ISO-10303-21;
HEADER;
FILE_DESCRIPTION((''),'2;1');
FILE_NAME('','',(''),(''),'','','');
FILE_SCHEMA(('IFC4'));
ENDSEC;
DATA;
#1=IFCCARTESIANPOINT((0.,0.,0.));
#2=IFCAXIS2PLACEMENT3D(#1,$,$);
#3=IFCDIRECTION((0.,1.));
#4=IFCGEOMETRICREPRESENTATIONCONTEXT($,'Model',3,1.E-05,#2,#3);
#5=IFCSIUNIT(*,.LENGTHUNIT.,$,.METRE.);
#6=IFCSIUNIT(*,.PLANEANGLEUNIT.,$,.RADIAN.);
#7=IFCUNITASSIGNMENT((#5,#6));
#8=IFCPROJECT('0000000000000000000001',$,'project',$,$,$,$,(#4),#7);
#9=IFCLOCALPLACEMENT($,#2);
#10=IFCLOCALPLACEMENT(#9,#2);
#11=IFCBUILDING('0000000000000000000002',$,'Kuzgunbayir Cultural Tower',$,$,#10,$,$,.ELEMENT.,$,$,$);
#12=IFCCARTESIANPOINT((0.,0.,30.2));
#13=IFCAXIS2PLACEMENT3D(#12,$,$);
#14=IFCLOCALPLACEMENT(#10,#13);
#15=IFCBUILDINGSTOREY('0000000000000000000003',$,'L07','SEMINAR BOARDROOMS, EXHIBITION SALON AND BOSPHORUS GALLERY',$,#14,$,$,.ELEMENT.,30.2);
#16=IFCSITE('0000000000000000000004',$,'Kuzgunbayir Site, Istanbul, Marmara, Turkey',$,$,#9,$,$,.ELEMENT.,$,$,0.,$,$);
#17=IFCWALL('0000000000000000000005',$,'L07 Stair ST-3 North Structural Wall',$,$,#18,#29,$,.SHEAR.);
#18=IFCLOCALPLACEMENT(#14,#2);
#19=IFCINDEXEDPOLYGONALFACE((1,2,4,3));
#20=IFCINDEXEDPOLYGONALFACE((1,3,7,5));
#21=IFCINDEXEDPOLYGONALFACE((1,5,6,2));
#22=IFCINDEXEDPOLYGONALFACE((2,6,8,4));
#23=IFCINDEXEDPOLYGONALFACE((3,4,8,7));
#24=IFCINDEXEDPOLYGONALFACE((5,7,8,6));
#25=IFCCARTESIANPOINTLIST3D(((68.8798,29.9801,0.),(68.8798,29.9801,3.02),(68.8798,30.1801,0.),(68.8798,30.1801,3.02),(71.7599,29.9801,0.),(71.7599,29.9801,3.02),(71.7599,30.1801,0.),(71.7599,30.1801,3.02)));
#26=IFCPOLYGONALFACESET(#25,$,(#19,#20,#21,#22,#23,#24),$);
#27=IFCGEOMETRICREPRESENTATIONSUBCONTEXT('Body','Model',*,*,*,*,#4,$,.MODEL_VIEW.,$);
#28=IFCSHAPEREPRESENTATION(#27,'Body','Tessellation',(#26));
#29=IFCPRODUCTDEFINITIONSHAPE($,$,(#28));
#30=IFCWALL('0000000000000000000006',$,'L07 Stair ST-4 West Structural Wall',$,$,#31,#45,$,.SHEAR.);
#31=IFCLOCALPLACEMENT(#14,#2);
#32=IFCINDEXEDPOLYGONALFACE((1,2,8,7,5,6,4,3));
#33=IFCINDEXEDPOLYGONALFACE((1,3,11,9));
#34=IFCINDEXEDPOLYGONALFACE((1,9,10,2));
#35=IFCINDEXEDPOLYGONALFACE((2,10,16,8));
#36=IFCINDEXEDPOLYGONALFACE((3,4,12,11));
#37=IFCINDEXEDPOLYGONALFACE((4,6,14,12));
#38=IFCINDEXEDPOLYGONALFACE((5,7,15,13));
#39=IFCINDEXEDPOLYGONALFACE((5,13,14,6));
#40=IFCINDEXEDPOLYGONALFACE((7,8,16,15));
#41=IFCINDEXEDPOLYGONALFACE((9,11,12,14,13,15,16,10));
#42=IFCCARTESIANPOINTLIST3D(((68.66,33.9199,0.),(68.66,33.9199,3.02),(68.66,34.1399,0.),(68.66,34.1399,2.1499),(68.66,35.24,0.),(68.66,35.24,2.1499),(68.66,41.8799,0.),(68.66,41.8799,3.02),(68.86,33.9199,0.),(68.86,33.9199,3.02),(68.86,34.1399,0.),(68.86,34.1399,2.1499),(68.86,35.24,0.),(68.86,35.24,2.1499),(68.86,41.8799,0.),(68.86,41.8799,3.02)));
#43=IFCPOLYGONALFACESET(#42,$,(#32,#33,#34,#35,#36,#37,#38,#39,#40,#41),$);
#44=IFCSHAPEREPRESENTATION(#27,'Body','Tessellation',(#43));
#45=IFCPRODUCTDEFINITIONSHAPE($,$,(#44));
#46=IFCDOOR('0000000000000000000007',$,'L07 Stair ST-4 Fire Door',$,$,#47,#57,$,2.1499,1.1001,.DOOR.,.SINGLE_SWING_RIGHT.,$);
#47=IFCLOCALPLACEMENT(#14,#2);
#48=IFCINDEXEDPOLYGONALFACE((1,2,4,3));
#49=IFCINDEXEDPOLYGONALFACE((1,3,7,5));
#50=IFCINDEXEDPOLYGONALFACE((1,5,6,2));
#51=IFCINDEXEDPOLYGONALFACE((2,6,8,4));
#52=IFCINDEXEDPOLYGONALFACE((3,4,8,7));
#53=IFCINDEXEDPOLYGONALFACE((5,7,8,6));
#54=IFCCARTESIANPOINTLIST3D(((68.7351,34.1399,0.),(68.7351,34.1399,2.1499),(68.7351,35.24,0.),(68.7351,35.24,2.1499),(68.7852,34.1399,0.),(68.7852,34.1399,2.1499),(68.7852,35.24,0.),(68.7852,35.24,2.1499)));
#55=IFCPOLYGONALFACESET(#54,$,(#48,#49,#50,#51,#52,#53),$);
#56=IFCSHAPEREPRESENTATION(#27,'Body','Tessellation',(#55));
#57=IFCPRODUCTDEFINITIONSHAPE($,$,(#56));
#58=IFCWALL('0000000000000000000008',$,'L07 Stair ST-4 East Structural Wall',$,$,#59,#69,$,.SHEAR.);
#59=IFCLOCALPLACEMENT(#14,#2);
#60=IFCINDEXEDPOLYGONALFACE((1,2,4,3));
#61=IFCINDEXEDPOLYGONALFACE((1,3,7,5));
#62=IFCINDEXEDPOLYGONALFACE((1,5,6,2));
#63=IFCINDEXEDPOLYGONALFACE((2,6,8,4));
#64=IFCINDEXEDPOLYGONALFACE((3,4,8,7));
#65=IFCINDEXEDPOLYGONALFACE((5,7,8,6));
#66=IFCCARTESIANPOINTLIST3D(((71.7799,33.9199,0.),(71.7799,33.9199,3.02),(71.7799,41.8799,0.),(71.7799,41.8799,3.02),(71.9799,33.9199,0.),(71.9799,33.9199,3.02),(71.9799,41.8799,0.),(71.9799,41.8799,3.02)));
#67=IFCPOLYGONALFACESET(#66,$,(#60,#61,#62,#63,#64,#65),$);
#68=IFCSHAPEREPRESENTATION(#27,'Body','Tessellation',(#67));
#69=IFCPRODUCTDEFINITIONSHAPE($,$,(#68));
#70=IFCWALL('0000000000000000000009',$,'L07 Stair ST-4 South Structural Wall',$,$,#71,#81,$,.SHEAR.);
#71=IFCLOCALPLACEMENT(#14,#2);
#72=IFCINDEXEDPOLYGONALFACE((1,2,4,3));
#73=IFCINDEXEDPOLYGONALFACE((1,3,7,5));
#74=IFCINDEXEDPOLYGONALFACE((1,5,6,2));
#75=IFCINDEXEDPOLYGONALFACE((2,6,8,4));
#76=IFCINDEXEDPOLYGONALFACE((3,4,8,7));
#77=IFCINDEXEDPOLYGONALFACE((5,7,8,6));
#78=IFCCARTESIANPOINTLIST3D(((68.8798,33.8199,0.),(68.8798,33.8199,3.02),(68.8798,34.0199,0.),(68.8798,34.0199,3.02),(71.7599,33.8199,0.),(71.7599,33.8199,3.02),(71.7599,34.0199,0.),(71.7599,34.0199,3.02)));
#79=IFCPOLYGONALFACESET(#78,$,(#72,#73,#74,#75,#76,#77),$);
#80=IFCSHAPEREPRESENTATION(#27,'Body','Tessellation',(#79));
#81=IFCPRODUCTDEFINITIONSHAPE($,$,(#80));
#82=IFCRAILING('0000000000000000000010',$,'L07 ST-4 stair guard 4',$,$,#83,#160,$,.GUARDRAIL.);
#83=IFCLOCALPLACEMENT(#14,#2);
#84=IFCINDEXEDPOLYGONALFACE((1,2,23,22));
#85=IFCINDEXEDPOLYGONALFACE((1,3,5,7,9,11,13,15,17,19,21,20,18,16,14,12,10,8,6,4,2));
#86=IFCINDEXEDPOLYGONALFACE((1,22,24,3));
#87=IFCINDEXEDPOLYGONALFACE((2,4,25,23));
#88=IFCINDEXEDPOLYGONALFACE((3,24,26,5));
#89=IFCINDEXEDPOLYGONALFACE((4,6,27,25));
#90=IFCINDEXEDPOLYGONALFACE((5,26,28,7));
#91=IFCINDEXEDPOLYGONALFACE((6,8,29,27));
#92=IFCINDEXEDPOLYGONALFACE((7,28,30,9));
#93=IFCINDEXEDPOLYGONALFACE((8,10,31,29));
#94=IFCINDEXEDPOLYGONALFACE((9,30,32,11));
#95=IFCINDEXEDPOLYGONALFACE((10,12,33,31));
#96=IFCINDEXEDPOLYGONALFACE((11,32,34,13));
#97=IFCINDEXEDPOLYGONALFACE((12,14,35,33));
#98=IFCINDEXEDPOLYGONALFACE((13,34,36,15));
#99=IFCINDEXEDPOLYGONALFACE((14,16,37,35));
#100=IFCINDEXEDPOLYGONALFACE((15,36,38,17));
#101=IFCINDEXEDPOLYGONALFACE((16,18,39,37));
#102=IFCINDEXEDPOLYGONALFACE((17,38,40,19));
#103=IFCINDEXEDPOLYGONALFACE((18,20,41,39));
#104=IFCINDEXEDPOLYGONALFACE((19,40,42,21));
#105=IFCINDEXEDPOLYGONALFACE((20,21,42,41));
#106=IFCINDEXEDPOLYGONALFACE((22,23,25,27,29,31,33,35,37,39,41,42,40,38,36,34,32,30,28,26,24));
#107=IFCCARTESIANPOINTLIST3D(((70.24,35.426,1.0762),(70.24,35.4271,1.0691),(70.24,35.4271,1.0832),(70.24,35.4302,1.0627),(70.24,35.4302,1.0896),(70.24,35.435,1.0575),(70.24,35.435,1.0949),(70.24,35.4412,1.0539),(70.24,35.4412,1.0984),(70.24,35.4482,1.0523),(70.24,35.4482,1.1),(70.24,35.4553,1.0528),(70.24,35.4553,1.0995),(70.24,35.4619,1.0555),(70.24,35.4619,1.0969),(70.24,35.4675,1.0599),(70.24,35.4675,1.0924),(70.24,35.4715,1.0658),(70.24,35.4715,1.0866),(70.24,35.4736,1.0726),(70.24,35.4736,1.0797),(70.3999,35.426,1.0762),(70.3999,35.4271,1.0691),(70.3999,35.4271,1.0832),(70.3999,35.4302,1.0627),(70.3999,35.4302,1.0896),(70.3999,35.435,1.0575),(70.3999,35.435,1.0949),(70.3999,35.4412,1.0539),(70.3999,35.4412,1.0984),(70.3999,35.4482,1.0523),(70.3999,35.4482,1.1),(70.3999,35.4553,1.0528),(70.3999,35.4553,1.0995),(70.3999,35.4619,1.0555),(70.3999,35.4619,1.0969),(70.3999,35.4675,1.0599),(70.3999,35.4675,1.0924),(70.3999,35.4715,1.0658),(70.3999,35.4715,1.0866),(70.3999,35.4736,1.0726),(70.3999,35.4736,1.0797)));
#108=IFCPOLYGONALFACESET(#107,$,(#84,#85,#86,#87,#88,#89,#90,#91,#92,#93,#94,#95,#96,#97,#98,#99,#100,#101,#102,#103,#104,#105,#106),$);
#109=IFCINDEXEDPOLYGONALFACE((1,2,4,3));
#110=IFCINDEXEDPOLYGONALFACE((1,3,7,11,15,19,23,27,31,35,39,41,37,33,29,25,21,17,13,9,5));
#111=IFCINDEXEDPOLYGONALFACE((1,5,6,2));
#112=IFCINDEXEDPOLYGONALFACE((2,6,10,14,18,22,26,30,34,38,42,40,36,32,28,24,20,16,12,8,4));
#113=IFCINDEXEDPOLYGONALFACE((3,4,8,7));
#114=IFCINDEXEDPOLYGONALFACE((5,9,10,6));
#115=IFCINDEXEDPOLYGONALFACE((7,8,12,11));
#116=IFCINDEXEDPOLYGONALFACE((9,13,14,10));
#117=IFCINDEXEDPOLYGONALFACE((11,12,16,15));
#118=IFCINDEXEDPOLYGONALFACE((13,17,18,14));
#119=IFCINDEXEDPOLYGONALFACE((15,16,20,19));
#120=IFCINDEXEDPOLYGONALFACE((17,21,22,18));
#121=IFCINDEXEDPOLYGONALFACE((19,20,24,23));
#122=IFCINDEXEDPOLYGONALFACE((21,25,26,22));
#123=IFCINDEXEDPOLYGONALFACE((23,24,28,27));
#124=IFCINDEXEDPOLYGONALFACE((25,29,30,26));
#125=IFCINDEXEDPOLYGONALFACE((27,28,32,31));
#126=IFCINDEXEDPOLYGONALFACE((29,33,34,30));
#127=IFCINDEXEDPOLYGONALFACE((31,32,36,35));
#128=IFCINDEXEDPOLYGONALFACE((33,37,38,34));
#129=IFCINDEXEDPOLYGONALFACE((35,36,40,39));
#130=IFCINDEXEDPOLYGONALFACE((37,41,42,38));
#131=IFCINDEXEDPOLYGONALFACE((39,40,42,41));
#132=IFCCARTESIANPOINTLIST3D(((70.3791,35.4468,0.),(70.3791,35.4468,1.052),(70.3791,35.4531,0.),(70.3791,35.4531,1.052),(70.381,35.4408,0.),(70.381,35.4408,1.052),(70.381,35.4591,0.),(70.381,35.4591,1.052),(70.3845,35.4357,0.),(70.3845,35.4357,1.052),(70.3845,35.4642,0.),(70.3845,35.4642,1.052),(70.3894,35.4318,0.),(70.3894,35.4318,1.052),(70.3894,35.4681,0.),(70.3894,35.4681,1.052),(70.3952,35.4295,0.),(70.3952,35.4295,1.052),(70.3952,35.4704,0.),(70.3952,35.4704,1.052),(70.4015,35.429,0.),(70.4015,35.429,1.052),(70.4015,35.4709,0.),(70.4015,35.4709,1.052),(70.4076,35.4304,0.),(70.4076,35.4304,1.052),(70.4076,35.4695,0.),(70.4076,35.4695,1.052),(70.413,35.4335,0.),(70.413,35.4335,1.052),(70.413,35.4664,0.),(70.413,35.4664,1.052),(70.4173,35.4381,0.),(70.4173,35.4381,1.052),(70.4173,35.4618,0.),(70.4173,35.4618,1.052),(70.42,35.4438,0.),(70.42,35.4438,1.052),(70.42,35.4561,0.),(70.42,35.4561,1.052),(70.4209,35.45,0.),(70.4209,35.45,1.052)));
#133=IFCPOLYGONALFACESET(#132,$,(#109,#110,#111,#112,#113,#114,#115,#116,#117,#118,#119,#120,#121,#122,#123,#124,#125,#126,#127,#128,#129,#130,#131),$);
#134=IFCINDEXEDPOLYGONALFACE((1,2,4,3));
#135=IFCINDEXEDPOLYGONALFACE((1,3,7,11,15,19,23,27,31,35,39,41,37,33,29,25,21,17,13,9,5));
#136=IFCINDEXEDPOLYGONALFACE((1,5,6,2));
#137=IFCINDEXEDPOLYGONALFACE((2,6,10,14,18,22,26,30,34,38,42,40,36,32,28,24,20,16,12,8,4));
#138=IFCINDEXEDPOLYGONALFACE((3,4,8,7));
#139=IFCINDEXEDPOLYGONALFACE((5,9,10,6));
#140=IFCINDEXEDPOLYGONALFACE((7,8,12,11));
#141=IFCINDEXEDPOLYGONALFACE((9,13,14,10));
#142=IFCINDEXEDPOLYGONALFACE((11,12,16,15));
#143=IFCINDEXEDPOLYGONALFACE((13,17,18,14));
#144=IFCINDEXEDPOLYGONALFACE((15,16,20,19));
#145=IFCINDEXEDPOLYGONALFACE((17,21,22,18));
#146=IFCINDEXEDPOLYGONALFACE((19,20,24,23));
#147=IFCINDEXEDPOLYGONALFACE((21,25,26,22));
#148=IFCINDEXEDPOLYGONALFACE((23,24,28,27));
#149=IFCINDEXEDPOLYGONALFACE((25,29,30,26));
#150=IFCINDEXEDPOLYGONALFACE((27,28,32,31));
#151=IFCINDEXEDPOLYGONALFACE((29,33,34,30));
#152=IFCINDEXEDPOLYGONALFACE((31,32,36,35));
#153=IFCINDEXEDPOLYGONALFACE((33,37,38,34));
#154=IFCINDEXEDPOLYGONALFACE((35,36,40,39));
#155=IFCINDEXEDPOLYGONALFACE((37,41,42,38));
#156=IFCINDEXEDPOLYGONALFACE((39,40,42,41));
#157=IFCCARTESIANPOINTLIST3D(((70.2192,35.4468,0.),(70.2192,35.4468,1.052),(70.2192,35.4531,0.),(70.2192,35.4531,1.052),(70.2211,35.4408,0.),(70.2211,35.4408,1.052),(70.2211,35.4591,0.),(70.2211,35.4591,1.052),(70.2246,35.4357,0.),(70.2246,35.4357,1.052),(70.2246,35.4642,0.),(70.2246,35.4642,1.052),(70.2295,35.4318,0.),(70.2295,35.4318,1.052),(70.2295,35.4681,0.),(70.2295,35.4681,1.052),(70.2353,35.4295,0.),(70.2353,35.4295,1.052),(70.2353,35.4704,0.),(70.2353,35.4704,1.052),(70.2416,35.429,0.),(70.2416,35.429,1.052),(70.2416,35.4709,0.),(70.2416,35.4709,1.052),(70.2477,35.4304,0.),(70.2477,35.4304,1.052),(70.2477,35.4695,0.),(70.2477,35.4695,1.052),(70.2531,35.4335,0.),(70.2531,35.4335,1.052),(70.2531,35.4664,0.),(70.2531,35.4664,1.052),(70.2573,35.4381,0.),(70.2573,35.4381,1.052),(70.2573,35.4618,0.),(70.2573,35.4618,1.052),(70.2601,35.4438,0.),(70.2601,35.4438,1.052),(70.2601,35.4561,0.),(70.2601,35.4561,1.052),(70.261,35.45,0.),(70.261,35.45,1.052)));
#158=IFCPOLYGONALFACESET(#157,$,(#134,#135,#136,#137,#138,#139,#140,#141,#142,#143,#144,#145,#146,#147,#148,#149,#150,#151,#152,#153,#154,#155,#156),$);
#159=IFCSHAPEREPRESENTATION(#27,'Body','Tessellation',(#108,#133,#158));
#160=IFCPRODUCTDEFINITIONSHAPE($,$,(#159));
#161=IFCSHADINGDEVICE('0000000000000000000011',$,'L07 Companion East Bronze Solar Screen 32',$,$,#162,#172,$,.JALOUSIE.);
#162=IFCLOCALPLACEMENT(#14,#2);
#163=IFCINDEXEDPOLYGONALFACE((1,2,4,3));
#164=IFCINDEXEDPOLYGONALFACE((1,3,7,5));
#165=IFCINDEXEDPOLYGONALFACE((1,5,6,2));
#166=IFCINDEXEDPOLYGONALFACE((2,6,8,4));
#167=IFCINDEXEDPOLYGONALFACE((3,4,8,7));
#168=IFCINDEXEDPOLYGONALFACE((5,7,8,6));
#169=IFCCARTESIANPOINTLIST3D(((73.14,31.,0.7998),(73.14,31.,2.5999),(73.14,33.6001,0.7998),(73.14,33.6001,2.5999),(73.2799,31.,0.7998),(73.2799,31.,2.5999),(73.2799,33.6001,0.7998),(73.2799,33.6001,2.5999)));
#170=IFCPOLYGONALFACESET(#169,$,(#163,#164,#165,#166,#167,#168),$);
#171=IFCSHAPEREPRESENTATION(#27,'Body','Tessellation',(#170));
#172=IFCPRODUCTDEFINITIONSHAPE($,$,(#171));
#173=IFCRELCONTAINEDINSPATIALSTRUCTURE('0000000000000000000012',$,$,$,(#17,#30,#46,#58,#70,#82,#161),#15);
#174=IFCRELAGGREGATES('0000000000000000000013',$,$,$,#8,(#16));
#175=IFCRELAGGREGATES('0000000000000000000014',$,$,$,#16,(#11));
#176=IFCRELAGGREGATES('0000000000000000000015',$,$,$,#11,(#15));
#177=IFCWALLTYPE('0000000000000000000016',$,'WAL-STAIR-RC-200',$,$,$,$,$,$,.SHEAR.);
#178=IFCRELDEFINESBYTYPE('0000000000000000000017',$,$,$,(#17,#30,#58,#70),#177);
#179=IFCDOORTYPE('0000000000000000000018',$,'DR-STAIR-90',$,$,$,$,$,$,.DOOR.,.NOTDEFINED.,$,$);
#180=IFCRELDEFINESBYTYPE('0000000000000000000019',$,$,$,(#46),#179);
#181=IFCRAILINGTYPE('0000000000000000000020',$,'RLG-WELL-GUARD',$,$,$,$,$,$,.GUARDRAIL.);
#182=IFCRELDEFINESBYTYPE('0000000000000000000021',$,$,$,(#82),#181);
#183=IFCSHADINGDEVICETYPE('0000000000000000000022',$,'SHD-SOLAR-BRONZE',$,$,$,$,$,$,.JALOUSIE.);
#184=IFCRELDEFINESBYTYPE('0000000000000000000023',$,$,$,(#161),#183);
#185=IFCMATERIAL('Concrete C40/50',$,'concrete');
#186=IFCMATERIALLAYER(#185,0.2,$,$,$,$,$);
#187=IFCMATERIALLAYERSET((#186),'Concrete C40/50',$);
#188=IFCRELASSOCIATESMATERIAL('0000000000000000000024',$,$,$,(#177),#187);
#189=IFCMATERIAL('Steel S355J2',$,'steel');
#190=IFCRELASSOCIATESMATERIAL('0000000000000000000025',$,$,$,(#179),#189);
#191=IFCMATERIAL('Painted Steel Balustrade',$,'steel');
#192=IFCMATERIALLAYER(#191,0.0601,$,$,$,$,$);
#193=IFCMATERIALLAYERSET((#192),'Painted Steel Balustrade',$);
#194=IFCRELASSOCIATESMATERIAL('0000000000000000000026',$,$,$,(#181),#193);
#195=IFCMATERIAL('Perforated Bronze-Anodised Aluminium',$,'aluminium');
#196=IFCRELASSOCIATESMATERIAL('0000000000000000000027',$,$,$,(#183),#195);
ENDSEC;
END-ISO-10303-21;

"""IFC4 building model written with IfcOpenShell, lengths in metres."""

from ifc_helpers import new_model, si_unit, direction, frame, frame_2d, origin, origin_2d, place, context, subcontext, project, spatial, rectangle, circle, extrude, material, layer, layer_set, type_object, element, fill, save


model = new_model("IFC4")

# Units and contexts
model_context = context("Model", 3, precision=1e-05, world=origin(), true_north=direction((0.0, 1.0)))
body_context = subcontext(model_context, "Body", "Model", "MODEL_VIEW")
ifc_project = project(units=[si_unit("LENGTHUNIT", "METRE"), si_unit("PLANEANGLEUNIT", "RADIAN")], contexts=[model_context])

# Site, building, storey
site_placement = place(None, origin())
site = spatial("IfcSite", under=ifc_project, at=site_placement, Name="Kuzgunbayir Site, Istanbul, Marmara, Turkey", CompositionType="ELEMENT", RefElevation=0.0)
building_placement = place(site_placement, origin())
building = spatial("IfcBuilding", under=site, at=building_placement, Name="Kuzgunbayir Cultural Tower", CompositionType="ELEMENT")
storey_placement = place(building_placement, frame((0.0, 0.0, 30.2)))
storey = spatial("IfcBuildingStorey", under=building, at=storey_placement, Name="L07", Description="SEMINAR BOARDROOMS, EXHIBITION SALON AND BOSPHORUS GALLERY", CompositionType="ELEMENT", Elevation=30.2)

# Shared definitions
ifc_material_1 = material(Name="Steel S355J2", Category="steel")

# Shared definitions
ifc_material_2 = material(Name="Concrete C40/50", Category="concrete")

# Wall
ifc_layer_1 = layer(ifc_material_2, 0.2)
ifc_layer_set_1 = layer_set([ifc_layer_1], Name="Concrete C40/50")
wall_type_1 = type_object("IfcWallType", Name="WAL-STAIR-RC-200", PredefinedType="SHEAR", material=ifc_layer_set_1)
wall_1_placement = place(storey_placement, frame((68.8799, 30.0801, 0.0), z_axis=(0.0, 0.0, 1.0), x_axis=(1.0, 0.0, 0.0)))
element("IfcWall", 1, at=wall_1_placement, inside=storey, type_object=wall_type_1, Name="L07 Stair ST-3 North Structural Wall", PredefinedType="SHEAR", context=body_context, shape_type="SweptSolid", body=[
    extrude(rectangle(XDim=2.8801, YDim=0.2, at=frame_2d((1.4399, 0.0))), origin(), (0.0, 0.0, 1.0), 3.02),
])

# Wall, opening, door
wall_2_placement = place(storey_placement, frame((68.76, 33.9199, 0.0), z_axis=(0.0, 0.0, 1.0), x_axis=(0.0, 1.0, 0.0)))
wall_2 = element("IfcWall", 2, at=wall_2_placement, inside=storey, type_object=wall_type_1, Name="L07 Stair ST-4 West Structural Wall", PredefinedType="SHEAR", context=body_context, shape_type="SweptSolid", body=[
    extrude(rectangle(XDim=7.96, YDim=0.2, at=frame_2d((3.98, 0.0))), origin(), (0.0, 0.0, 1.0), 3.02),
])
opening_1_placement = place(wall_2_placement, frame((0.22, 0.0, 0.0)))
opening_1 = element("IfcOpeningElement", 3, at=opening_1_placement, cuts=wall_2, PredefinedType="OPENING", context=body_context, shape_type="SweptSolid", body=[
    extrude(rectangle(XDim=1.1001, YDim=2.1499, at=frame_2d((0.55, 1.075))), frame((0.0, 0.1099, 0.0), z_axis=(0.0, -1.0, 0.0), x_axis=(1.0, 0.0, 0.0)), (0.0, 0.0, 1.0), 0.22),
])
door_type_1 = type_object("IfcDoorType", Name="DR-STAIR-90", OperationType="NOTDEFINED", PredefinedType="DOOR", material=ifc_material_1)
door_1_placement = place(opening_1_placement, origin())
door_1 = element("IfcDoor", 4, at=door_1_placement, inside=storey, type_object=door_type_1, Name="L07 Stair ST-4 Fire Door", OperationType="SINGLE_SWING_RIGHT", OverallHeight=2.1499, OverallWidth=1.1001, PredefinedType="DOOR", context=body_context, shape_type="SweptSolid", body=[
    extrude(rectangle(XDim=1.1001, YDim=2.1499, at=frame_2d((0.55, 1.075))), frame((0.0, 0.0249, 0.0), z_axis=(0.0, -1.0, 0.0), x_axis=(1.0, 0.0, 0.0)), (0.0, 0.0, 1.0), 0.05),
])
fill(opening_1, door_1)

# Walls
wall_3_placement = place(storey_placement, frame((71.8799, 33.9199, 0.0), z_axis=(0.0, 0.0, 1.0), x_axis=(0.0, 1.0, 0.0)))
element("IfcWall", 5, at=wall_3_placement, inside=storey, type_object=wall_type_1, Name="L07 Stair ST-4 East Structural Wall", PredefinedType="SHEAR", context=body_context, shape_type="SweptSolid", body=[
    extrude(rectangle(XDim=7.96, YDim=0.2, at=frame_2d((3.98, 0.0))), origin(), (0.0, 0.0, 1.0), 3.02),
])
wall_4_placement = place(storey_placement, frame((68.8799, 33.9199, 0.0), z_axis=(0.0, 0.0, 1.0), x_axis=(1.0, 0.0, 0.0)))
element("IfcWall", 6, at=wall_4_placement, inside=storey, type_object=wall_type_1, Name="L07 Stair ST-4 South Structural Wall", PredefinedType="SHEAR", context=body_context, shape_type="SweptSolid", body=[
    extrude(rectangle(XDim=2.8801, YDim=0.2, at=frame_2d((1.4399, 0.0))), origin(), (0.0, 0.0, 1.0), 3.02),
])

# Railing
ifc_material_3 = material(Name="Painted Steel Balustrade", Category="steel")
ifc_layer_2 = layer(ifc_material_3, 0.0601)
ifc_layer_set_2 = layer_set([ifc_layer_2], Name="Painted Steel Balustrade")
railing_type = type_object("IfcRailingType", Name="RLG-WELL-GUARD", PredefinedType="GUARDRAIL", material=ifc_layer_set_2)
railing_placement = place(storey_placement, frame((70.3999, 35.45, 0.0)))
element("IfcRailing", 7, at=railing_placement, inside=storey, type_object=railing_type, Name="L07 ST-4 stair guard 4", PredefinedType="GUARDRAIL", context=body_context, shape_type="SweptSolid", body=[
    extrude(circle(Radius=0.0239, at=origin_2d()), frame((0.0, 0.0, 1.0762), z_axis=(-1.0, 0.0, 0.0), x_axis=(0.0, -1.0, 0.0)), (0.0, 0.0, 1.0), 0.1599),
    extrude(circle(Radius=0.021, at=origin_2d()), origin(), (0.0, 0.0, 1.0), 1.052),
    extrude(circle(Radius=0.021, at=origin_2d()), frame((-0.1599, 0.0, 0.0)), (0.0, 0.0, 1.0), 1.052),
])

# Shading device
ifc_material_4 = material(Name="Perforated Bronze-Anodised Aluminium", Category="aluminium")
shading_device_type = type_object("IfcShadingDeviceType", Name="SHD-SOLAR-BRONZE", PredefinedType="JALOUSIE", material=ifc_material_4)
shading_device_placement = place(storey_placement, frame((73.21, 32.3, 0.7998), z_axis=(0.0, 0.0, 1.0), x_axis=(1.0, 0.0, 0.0)))
element("IfcShadingDevice", 8, at=shading_device_placement, inside=storey, type_object=shading_device_type, Name="L07 Companion East Bronze Solar Screen 32", PredefinedType="JALOUSIE", context=body_context, shape_type="SweptSolid", body=[
    extrude(rectangle(XDim=0.1399, YDim=2.6001, at=origin_2d()), origin(), (0.0, 0.0, 1.0), 1.8),
])

save(model, "model.ifc")
